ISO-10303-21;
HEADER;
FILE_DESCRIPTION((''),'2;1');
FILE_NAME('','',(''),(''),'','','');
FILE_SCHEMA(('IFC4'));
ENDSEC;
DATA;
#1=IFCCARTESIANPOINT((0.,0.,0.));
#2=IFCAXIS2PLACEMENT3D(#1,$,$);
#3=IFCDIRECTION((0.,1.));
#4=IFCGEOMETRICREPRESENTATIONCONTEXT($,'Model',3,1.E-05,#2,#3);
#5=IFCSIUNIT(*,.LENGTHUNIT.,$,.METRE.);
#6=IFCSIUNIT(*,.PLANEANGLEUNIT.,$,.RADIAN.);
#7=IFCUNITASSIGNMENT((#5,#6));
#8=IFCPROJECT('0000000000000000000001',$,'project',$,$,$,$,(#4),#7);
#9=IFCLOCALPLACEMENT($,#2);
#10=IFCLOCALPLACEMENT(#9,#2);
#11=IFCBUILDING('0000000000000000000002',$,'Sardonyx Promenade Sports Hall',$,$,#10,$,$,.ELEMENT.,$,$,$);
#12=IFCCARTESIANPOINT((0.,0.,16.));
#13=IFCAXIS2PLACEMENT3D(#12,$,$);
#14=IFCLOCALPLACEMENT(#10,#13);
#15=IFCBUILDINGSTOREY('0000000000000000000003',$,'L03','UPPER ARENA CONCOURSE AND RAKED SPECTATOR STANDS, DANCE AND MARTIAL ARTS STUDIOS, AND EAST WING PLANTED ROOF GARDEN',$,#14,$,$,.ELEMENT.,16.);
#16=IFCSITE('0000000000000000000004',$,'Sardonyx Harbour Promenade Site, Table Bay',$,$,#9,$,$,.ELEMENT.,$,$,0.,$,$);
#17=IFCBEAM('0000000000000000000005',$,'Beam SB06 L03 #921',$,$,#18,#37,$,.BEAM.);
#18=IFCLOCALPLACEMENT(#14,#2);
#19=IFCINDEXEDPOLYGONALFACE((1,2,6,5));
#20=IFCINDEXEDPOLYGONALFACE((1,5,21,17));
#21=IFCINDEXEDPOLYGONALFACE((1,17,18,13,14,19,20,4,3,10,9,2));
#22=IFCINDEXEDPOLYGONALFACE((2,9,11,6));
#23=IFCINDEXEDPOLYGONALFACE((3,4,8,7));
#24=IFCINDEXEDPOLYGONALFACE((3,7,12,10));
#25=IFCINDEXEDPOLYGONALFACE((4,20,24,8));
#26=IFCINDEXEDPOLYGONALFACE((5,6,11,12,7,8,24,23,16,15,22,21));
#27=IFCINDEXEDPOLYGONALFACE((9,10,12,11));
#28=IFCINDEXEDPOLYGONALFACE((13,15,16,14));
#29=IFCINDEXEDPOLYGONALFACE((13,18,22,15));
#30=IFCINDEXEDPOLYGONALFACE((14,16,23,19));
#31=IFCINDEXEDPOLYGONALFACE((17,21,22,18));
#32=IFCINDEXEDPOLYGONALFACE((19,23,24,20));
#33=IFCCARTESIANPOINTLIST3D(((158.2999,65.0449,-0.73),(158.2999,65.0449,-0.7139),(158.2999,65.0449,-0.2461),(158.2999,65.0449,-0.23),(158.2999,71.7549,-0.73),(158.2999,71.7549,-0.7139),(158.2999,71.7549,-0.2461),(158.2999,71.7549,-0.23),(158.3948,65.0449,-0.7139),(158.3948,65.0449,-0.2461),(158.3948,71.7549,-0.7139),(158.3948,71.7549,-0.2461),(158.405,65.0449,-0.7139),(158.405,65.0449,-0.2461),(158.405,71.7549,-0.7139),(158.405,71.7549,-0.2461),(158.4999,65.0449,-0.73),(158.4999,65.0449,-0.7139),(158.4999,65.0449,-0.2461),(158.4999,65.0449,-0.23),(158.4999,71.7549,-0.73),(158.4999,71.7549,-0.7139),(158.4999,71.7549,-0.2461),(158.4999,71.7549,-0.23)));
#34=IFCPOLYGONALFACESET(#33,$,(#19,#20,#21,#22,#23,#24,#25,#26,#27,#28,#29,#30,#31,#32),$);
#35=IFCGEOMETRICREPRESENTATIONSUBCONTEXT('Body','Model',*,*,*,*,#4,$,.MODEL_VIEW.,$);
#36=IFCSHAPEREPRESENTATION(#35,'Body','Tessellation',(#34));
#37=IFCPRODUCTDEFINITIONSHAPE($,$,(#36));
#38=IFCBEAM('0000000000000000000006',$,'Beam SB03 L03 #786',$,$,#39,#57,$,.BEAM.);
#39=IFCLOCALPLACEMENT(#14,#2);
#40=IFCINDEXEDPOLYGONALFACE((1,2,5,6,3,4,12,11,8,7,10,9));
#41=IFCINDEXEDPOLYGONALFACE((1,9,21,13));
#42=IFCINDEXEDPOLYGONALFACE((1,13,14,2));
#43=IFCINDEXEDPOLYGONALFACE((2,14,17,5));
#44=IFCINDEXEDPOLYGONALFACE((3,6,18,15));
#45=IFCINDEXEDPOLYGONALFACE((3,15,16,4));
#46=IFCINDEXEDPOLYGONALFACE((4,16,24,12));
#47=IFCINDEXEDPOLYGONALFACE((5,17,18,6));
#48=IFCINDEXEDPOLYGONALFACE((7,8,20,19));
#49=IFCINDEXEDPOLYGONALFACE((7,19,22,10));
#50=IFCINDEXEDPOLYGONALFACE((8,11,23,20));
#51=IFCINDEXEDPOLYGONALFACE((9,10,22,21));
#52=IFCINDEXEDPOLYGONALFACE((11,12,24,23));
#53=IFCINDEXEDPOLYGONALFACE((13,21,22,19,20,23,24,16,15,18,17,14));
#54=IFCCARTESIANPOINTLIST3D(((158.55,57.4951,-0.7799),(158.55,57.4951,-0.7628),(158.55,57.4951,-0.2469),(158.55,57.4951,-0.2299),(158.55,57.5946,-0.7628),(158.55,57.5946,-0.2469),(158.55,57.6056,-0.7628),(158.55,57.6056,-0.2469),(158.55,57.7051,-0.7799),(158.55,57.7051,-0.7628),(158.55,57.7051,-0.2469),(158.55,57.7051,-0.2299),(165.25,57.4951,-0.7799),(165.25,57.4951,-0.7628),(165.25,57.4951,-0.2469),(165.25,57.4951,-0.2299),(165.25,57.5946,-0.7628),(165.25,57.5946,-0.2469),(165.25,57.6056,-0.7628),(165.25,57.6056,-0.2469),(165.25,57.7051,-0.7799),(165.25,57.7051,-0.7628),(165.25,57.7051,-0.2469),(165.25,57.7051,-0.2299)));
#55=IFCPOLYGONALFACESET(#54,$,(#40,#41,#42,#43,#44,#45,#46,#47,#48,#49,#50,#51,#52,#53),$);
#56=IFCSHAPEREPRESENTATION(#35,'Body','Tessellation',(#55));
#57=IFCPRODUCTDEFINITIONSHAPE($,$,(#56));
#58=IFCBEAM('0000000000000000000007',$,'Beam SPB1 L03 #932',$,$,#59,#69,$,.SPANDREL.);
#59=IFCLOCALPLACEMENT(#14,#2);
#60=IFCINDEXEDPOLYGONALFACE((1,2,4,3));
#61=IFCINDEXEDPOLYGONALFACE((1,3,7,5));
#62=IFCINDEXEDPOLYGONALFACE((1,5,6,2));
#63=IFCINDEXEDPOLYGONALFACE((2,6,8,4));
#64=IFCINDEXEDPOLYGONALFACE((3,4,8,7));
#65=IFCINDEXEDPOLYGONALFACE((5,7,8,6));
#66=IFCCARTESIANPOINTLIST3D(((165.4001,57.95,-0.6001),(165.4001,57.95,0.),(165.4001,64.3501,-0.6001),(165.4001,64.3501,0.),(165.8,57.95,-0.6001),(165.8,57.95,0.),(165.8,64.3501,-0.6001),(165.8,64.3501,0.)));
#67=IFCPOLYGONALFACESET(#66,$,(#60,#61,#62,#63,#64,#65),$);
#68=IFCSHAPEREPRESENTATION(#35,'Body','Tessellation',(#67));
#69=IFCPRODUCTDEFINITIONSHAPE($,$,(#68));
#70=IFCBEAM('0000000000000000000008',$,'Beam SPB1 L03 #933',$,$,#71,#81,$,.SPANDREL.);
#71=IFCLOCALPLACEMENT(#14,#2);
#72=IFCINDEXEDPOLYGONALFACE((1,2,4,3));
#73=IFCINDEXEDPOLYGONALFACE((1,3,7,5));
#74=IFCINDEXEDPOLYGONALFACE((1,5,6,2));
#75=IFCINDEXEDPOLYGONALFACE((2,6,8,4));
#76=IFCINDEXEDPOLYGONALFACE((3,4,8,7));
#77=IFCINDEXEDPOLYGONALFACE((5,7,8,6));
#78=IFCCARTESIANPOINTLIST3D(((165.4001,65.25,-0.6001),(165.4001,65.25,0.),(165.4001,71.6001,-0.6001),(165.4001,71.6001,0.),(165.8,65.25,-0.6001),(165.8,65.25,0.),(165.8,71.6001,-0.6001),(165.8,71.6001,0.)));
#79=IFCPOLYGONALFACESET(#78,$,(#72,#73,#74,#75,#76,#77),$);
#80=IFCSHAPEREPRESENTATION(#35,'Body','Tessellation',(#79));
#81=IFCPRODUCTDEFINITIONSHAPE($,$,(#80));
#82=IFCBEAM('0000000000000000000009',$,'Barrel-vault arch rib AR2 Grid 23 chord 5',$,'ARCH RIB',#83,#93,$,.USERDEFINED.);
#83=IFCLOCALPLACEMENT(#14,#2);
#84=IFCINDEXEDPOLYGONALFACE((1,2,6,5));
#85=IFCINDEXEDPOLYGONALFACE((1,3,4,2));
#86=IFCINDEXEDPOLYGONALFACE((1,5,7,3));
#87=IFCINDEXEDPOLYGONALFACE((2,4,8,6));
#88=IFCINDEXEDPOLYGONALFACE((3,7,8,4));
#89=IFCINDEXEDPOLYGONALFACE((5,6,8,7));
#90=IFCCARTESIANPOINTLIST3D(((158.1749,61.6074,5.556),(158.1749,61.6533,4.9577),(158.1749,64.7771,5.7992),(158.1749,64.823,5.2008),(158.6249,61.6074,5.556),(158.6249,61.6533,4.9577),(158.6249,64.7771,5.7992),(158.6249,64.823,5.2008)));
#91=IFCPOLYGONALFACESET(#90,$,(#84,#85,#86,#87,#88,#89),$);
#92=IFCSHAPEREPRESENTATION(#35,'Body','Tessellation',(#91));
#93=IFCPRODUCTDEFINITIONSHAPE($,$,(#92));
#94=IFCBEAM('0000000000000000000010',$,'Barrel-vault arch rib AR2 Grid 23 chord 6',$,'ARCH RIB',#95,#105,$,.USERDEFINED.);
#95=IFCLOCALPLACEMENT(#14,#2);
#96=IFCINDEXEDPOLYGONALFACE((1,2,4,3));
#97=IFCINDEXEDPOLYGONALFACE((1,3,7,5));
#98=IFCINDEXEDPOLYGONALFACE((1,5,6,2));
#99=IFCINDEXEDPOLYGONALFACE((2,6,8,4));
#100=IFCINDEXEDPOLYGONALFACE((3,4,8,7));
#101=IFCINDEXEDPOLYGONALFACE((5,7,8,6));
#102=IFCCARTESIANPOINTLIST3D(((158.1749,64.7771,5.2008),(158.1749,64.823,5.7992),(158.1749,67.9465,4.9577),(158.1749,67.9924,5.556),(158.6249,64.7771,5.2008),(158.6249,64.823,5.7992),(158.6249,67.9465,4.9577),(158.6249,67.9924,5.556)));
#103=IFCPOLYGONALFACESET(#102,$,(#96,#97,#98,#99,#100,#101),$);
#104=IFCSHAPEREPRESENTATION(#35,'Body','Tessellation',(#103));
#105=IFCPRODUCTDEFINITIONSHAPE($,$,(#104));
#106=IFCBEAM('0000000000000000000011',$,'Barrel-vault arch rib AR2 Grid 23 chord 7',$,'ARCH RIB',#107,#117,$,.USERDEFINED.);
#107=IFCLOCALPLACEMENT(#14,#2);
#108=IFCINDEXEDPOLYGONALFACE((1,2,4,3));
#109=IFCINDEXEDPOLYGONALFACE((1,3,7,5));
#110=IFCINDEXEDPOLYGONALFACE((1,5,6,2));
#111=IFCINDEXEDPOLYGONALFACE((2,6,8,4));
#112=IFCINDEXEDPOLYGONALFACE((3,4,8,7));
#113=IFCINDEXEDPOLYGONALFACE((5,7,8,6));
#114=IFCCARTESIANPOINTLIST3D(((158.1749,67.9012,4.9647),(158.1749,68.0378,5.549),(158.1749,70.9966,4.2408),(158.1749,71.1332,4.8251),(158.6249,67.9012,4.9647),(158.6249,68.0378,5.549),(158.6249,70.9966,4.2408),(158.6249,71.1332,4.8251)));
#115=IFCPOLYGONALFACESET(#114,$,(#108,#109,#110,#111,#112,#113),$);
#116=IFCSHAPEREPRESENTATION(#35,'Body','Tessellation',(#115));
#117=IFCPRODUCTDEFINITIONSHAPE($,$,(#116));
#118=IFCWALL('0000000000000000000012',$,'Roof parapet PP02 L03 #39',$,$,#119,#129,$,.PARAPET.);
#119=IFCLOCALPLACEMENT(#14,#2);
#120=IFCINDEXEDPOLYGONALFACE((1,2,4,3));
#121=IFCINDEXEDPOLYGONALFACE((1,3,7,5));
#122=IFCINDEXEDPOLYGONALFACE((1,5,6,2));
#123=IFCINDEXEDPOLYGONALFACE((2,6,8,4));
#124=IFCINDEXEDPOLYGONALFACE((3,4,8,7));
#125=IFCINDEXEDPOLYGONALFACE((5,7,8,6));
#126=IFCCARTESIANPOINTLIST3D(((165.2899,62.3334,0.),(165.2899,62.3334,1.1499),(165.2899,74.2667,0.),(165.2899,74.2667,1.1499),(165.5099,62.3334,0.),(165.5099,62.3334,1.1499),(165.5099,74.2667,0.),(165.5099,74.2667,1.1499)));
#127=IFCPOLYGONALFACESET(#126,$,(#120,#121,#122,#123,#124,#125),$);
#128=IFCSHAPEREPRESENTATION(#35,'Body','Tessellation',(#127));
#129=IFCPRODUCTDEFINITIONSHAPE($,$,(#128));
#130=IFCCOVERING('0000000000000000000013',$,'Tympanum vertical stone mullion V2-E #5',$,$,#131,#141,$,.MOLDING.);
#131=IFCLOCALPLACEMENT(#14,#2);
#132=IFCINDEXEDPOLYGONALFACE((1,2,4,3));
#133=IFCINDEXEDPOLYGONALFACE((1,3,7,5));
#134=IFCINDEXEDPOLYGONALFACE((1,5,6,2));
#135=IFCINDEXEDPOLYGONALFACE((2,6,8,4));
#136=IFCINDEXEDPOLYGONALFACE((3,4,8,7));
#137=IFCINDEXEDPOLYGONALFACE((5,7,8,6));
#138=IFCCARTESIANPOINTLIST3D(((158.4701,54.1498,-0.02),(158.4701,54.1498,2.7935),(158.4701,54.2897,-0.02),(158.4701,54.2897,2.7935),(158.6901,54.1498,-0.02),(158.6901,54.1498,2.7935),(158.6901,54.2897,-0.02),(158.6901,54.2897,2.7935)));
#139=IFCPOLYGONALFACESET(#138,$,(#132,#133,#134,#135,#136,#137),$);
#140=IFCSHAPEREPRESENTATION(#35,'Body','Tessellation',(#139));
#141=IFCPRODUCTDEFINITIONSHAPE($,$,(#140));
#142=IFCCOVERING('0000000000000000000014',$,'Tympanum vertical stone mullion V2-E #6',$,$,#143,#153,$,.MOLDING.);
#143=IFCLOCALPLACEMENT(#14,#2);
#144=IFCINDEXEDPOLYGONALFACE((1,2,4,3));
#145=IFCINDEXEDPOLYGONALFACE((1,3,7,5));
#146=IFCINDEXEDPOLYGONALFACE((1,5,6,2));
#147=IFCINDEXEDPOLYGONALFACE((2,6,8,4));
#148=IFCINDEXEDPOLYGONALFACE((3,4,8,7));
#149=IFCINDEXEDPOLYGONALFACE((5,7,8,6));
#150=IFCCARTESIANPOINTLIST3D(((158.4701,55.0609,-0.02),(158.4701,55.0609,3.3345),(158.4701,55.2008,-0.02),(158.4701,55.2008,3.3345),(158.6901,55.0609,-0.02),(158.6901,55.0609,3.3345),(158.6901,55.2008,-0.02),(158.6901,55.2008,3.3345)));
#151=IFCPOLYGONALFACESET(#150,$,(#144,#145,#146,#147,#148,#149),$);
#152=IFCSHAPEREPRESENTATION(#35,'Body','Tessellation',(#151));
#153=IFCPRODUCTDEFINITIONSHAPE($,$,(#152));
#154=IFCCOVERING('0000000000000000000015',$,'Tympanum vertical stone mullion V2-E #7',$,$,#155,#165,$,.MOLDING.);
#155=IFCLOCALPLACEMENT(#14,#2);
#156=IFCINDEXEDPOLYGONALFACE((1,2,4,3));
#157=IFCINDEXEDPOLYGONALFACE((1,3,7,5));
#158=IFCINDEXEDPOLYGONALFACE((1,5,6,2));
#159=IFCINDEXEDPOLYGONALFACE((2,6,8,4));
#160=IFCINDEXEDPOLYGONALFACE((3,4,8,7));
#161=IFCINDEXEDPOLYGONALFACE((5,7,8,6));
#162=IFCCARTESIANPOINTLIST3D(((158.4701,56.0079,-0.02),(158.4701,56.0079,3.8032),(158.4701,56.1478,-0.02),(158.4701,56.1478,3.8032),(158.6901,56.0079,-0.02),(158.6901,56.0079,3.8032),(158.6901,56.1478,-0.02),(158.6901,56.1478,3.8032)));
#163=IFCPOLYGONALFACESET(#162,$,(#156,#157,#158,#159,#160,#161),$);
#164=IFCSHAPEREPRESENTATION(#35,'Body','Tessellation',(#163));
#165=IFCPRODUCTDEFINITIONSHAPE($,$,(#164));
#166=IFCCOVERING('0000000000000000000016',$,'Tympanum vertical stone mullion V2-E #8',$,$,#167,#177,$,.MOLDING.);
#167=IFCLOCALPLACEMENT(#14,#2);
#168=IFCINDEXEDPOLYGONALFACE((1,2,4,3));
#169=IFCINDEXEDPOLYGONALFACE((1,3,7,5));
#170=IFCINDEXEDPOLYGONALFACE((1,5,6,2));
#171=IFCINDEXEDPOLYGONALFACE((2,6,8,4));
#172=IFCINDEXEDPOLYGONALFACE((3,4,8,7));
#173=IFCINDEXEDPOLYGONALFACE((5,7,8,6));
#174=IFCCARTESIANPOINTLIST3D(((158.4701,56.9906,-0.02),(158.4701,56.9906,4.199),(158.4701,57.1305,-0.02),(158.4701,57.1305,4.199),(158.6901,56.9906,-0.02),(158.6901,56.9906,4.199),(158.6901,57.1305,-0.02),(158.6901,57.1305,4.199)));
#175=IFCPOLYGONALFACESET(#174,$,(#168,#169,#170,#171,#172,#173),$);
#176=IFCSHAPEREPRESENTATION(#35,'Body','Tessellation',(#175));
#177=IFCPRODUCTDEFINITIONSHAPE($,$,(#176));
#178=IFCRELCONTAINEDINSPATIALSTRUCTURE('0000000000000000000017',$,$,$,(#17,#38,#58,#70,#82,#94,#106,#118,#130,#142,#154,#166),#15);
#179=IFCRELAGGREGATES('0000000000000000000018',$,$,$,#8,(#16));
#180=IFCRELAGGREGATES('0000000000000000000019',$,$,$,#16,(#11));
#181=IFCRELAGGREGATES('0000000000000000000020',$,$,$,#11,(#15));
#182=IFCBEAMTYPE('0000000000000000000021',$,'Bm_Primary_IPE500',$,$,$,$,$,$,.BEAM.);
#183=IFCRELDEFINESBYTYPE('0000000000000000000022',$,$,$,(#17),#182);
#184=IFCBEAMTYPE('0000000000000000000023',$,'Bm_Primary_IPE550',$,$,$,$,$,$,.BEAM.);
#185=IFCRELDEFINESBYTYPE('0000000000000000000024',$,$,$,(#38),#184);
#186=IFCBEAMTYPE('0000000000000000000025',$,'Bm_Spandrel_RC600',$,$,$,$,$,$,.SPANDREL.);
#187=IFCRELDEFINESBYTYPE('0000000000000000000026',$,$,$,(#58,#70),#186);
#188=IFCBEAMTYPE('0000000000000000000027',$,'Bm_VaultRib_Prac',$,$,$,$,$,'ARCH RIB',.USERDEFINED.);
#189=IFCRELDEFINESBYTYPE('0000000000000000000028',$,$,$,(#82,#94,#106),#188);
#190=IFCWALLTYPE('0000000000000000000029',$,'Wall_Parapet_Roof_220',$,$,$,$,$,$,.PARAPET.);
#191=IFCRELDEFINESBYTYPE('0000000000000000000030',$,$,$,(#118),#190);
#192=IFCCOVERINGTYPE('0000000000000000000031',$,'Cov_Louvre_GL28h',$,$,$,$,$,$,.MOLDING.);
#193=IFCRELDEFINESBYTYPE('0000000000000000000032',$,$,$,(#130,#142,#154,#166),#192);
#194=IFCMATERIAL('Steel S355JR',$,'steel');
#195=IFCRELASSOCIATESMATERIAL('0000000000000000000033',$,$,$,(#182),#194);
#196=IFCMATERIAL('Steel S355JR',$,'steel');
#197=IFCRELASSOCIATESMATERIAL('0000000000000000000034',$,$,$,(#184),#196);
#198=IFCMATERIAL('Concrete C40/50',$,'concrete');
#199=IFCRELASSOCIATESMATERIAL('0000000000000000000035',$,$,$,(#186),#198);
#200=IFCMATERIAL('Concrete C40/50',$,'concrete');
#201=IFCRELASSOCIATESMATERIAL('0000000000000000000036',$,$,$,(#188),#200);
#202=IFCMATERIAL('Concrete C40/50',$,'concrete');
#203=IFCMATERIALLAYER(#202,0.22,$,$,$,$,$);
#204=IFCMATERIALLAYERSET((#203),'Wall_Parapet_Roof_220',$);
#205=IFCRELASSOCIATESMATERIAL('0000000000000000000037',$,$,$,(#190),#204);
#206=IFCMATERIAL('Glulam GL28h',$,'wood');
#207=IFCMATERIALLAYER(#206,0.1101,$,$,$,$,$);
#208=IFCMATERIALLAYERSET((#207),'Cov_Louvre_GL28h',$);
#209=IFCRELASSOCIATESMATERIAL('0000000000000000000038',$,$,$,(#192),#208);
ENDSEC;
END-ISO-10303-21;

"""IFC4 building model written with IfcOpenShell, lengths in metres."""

from ifc_helpers import new_model, si_unit, direction, frame, frame_2d, origin, origin_2d, place, context, subcontext, project, spatial, rectangle, i_section, extrude, material, layer, layer_set, material_profile, profile_set, type_object, element, save


model = new_model("IFC4")

# Units and contexts
model_context = context("Model", 3, precision=1e-05, world=origin(), true_north=direction((0.0, 1.0)))
body_context = subcontext(model_context, "Body", "Model", "MODEL_VIEW")
ifc_project = project(units=[si_unit("LENGTHUNIT", "METRE"), si_unit("PLANEANGLEUNIT", "RADIAN")], contexts=[model_context])

# Site, building, storey
site_placement = place(None, origin())
site = spatial("IfcSite", under=ifc_project, at=site_placement, Name="Sardonyx Harbour Promenade Site, Table Bay", CompositionType="ELEMENT", RefElevation=0.0)
building_placement = place(site_placement, origin())
building = spatial("IfcBuilding", under=site, at=building_placement, Name="Sardonyx Promenade Sports Hall", CompositionType="ELEMENT")
storey_placement = place(building_placement, frame((0.0, 0.0, 16.0)))
storey = spatial("IfcBuildingStorey", under=building, at=storey_placement, Name="L03", Description="UPPER ARENA CONCOURSE AND RAKED SPECTATOR STANDS, DANCE AND MARTIAL ARTS STUDIOS, AND EAST WING PLANTED ROOF GARDEN", CompositionType="ELEMENT", Elevation=16.0)

# Beams
ifc_material_1 = material(Name="Steel S355JR", Category="steel")
ifc_material_profile_1 = material_profile(ifc_material_1, i_section(OverallWidth=0.2, OverallDepth=0.5, WebThickness=0.0103, FlangeThickness=0.0161, at=origin_2d()))
ifc_profile_set_1 = profile_set([ifc_material_profile_1], Name="Steel S355JR")
beam_type_1 = type_object("IfcBeamType", Name="Bm_Primary_IPE500", PredefinedType="BEAM", material=ifc_profile_set_1)
beam_1_placement = place(storey_placement, frame((158.3999, 65.0449, -0.48), z_axis=(0.0, 1.0, 0.0), x_axis=(-1.0, 0.0, 0.0)))
element("IfcBeam", 1, at=beam_1_placement, inside=storey, type_object=beam_type_1, Name="Beam SB06 L03 #921", PredefinedType="BEAM", context=body_context, shape_type="SweptSolid", body=[
    extrude(i_section(OverallWidth=0.2, OverallDepth=0.5, WebThickness=0.0103, FlangeThickness=0.0161, at=origin_2d()), origin(), (0.0, 0.0, 1.0), 6.71),
])
ifc_material_2 = material(Name="Steel S355JR", Category="steel")
ifc_material_profile_2 = material_profile(ifc_material_2, i_section(OverallWidth=0.21, OverallDepth=0.55, WebThickness=0.011, FlangeThickness=0.0171, at=origin_2d()))
ifc_profile_set_2 = profile_set([ifc_material_profile_2], Name="Steel S355JR")
beam_type_2 = type_object("IfcBeamType", Name="Bm_Primary_IPE550", PredefinedType="BEAM", material=ifc_profile_set_2)
beam_2_placement = place(storey_placement, frame((158.55, 57.6001, -0.5049), z_axis=(1.0, 0.0, 0.0), x_axis=(0.0, 1.0, 0.0)))
element("IfcBeam", 2, at=beam_2_placement, inside=storey, type_object=beam_type_2, Name="Beam SB03 L03 #786", PredefinedType="BEAM", context=body_context, shape_type="SweptSolid", body=[
    extrude(i_section(OverallWidth=0.21, OverallDepth=0.55, WebThickness=0.011, FlangeThickness=0.0171, at=origin_2d()), origin(), (0.0, 0.0, 1.0), 6.7),
])
ifc_material_3 = material(Name="Concrete C40/50", Category="concrete")
ifc_material_profile_3 = material_profile(ifc_material_3, rectangle(XDim=0.3999, YDim=0.6001, at=origin_2d()))
ifc_profile_set_3 = profile_set([ifc_material_profile_3], Name="Concrete C40/50")
beam_type_3 = type_object("IfcBeamType", Name="Bm_Spandrel_RC600", PredefinedType="SPANDREL", material=ifc_profile_set_3)
beam_3_placement = place(storey_placement, frame((165.6001, 57.95, -0.3), z_axis=(0.0, 1.0, 0.0), x_axis=(-1.0, 0.0, 0.0)))
element("IfcBeam", 3, at=beam_3_placement, inside=storey, type_object=beam_type_3, Name="Beam SPB1 L03 #932", PredefinedType="SPANDREL", context=body_context, shape_type="SweptSolid", body=[
    extrude(rectangle(XDim=0.3999, YDim=0.6001, at=origin_2d()), origin(), (0.0, 0.0, 1.0), 6.4001),
])
beam_4_placement = place(storey_placement, frame((165.6001, 65.25, -0.3), z_axis=(0.0, 1.0, 0.0), x_axis=(-1.0, 0.0, 0.0)))
element("IfcBeam", 4, at=beam_4_placement, inside=storey, type_object=beam_type_3, Name="Beam SPB1 L03 #933", PredefinedType="SPANDREL", context=body_context, shape_type="SweptSolid", body=[
    extrude(rectangle(XDim=0.3999, YDim=0.6001, at=origin_2d()), origin(), (0.0, 0.0, 1.0), 6.3501),
])
ifc_material_4 = material(Name="Concrete C40/50", Category="concrete")
ifc_material_profile_4 = material_profile(ifc_material_4, rectangle(XDim=0.45, YDim=0.6001, at=origin_2d()))
ifc_profile_set_4 = profile_set([ifc_material_profile_4], Name="Concrete C40/50")
beam_type_4 = type_object("IfcBeamType", Name="Bm_VaultRib_Prac", ElementType="ARCH RIB", PredefinedType="USERDEFINED", material=ifc_profile_set_4)
beam_5_placement = place(storey_placement, frame((158.3999, 61.6304, 5.2568), z_axis=(0.0, 0.99707, 0.076491), x_axis=(-1.0, 0.0, 0.0)))
element("IfcBeam", 5, at=beam_5_placement, inside=storey, type_object=beam_type_4, Name="Barrel-vault arch rib AR2 Grid 23 chord 5", ObjectType="ARCH RIB", PredefinedType="USERDEFINED", context=body_context, shape_type="SweptSolid", body=[
    extrude(rectangle(XDim=0.45, YDim=0.6001, at=origin_2d()), origin(), (0.0, 0.0, 1.0), 3.179),
])
beam_6_placement = place(storey_placement, frame((158.3999, 64.8, 5.5), z_axis=(0.0, 0.99707, -0.076497), x_axis=(-1.0, 0.0, 0.0)))
element("IfcBeam", 6, at=beam_6_placement, inside=storey, type_object=beam_type_4, Name="Barrel-vault arch rib AR2 Grid 23 chord 6", ObjectType="ARCH RIB", PredefinedType="USERDEFINED", context=body_context, shape_type="SweptSolid", body=[
    extrude(rectangle(XDim=0.45, YDim=0.6001, at=origin_2d()), origin(), (0.0, 0.0, 1.0), 3.1787),
])
beam_7_placement = place(storey_placement, frame((158.3999, 67.9695, 5.2568), z_axis=(0.0, 0.973729, -0.227708), x_axis=(-1.0, 0.0, 0.0)))
element("IfcBeam", 7, at=beam_7_placement, inside=storey, type_object=beam_type_4, Name="Barrel-vault arch rib AR2 Grid 23 chord 7", ObjectType="ARCH RIB", PredefinedType="USERDEFINED", context=body_context, shape_type="SweptSolid", body=[
    extrude(rectangle(XDim=0.45, YDim=0.6001, at=origin_2d()), origin(), (0.0, 0.0, 1.0), 3.179),
])

# Wall
ifc_material_5 = material(Name="Concrete C40/50", Category="concrete")
ifc_layer_1 = layer(ifc_material_5, 0.22)
ifc_layer_set_1 = layer_set([ifc_layer_1], Name="Wall_Parapet_Roof_220")
wall_type = type_object("IfcWallType", Name="Wall_Parapet_Roof_220", PredefinedType="PARAPET", material=ifc_layer_set_1)
wall_placement = place(storey_placement, frame((165.3999, 62.3333, 0.0), z_axis=(0.0, 0.0, 1.0), x_axis=(0.0, 1.0, 0.0)))
element("IfcWall", 8, at=wall_placement, inside=storey, type_object=wall_type, Name="Roof parapet PP02 L03 #39", PredefinedType="PARAPET", context=body_context, shape_type="SweptSolid", body=[
    extrude(rectangle(XDim=11.9333, YDim=0.22, at=frame_2d((5.9668, 0.0))), origin(), (0.0, 0.0, 1.0), 1.1499),
])

# Coverings
ifc_material_6 = material(Name="Glulam GL28h", Category="wood")
ifc_layer_2 = layer(ifc_material_6, 0.1101)
ifc_layer_set_2 = layer_set([ifc_layer_2], Name="Cov_Louvre_GL28h")
covering_type_1 = type_object("IfcCoveringType", Name="Cov_Louvre_GL28h", PredefinedType="MOLDING", material=ifc_layer_set_2)
covering_1_placement = place(storey_placement, frame((158.5801, 54.2197, -0.02), z_axis=(0.0, 0.0, 1.0), x_axis=(1.0, 0.0, 0.0)))
element("IfcCovering", 9, at=covering_1_placement, inside=storey, type_object=covering_type_1, Name="Tympanum vertical stone mullion V2-E #5", PredefinedType="MOLDING", context=body_context, shape_type="SweptSolid", body=[
    extrude(rectangle(XDim=0.22, YDim=0.1399, at=origin_2d()), origin(), (0.0, 0.0, 1.0), 2.8135),
])
covering_2_placement = place(storey_placement, frame((158.5801, 55.1309, -0.02), z_axis=(0.0, 0.0, 1.0), x_axis=(1.0, 0.0, 0.0)))
element("IfcCovering", 10, at=covering_2_placement, inside=storey, type_object=covering_type_1, Name="Tympanum vertical stone mullion V2-E #6", PredefinedType="MOLDING", context=body_context, shape_type="SweptSolid", body=[
    extrude(rectangle(XDim=0.22, YDim=0.1399, at=origin_2d()), origin(), (0.0, 0.0, 1.0), 3.3545),
])
covering_3_placement = place(storey_placement, frame((158.5801, 56.0779, -0.02), z_axis=(0.0, 0.0, 1.0), x_axis=(1.0, 0.0, 0.0)))
element("IfcCovering", 11, at=covering_3_placement, inside=storey, type_object=covering_type_1, Name="Tympanum vertical stone mullion V2-E #7", PredefinedType="MOLDING", context=body_context, shape_type="SweptSolid", body=[
    extrude(rectangle(XDim=0.22, YDim=0.1399, at=origin_2d()), origin(), (0.0, 0.0, 1.0), 3.8232),
])
covering_4_placement = place(storey_placement, frame((158.5801, 57.0605, -0.02), z_axis=(0.0, 0.0, 1.0), x_axis=(1.0, 0.0, 0.0)))
element("IfcCovering", 12, at=covering_4_placement, inside=storey, type_object=covering_type_1, Name="Tympanum vertical stone mullion V2-E #8", PredefinedType="MOLDING", context=body_context, shape_type="SweptSolid", body=[
    extrude(rectangle(XDim=0.22, YDim=0.1399, at=origin_2d()), origin(), (0.0, 0.0, 1.0), 4.219),
])

save(model, "model.ifc")
